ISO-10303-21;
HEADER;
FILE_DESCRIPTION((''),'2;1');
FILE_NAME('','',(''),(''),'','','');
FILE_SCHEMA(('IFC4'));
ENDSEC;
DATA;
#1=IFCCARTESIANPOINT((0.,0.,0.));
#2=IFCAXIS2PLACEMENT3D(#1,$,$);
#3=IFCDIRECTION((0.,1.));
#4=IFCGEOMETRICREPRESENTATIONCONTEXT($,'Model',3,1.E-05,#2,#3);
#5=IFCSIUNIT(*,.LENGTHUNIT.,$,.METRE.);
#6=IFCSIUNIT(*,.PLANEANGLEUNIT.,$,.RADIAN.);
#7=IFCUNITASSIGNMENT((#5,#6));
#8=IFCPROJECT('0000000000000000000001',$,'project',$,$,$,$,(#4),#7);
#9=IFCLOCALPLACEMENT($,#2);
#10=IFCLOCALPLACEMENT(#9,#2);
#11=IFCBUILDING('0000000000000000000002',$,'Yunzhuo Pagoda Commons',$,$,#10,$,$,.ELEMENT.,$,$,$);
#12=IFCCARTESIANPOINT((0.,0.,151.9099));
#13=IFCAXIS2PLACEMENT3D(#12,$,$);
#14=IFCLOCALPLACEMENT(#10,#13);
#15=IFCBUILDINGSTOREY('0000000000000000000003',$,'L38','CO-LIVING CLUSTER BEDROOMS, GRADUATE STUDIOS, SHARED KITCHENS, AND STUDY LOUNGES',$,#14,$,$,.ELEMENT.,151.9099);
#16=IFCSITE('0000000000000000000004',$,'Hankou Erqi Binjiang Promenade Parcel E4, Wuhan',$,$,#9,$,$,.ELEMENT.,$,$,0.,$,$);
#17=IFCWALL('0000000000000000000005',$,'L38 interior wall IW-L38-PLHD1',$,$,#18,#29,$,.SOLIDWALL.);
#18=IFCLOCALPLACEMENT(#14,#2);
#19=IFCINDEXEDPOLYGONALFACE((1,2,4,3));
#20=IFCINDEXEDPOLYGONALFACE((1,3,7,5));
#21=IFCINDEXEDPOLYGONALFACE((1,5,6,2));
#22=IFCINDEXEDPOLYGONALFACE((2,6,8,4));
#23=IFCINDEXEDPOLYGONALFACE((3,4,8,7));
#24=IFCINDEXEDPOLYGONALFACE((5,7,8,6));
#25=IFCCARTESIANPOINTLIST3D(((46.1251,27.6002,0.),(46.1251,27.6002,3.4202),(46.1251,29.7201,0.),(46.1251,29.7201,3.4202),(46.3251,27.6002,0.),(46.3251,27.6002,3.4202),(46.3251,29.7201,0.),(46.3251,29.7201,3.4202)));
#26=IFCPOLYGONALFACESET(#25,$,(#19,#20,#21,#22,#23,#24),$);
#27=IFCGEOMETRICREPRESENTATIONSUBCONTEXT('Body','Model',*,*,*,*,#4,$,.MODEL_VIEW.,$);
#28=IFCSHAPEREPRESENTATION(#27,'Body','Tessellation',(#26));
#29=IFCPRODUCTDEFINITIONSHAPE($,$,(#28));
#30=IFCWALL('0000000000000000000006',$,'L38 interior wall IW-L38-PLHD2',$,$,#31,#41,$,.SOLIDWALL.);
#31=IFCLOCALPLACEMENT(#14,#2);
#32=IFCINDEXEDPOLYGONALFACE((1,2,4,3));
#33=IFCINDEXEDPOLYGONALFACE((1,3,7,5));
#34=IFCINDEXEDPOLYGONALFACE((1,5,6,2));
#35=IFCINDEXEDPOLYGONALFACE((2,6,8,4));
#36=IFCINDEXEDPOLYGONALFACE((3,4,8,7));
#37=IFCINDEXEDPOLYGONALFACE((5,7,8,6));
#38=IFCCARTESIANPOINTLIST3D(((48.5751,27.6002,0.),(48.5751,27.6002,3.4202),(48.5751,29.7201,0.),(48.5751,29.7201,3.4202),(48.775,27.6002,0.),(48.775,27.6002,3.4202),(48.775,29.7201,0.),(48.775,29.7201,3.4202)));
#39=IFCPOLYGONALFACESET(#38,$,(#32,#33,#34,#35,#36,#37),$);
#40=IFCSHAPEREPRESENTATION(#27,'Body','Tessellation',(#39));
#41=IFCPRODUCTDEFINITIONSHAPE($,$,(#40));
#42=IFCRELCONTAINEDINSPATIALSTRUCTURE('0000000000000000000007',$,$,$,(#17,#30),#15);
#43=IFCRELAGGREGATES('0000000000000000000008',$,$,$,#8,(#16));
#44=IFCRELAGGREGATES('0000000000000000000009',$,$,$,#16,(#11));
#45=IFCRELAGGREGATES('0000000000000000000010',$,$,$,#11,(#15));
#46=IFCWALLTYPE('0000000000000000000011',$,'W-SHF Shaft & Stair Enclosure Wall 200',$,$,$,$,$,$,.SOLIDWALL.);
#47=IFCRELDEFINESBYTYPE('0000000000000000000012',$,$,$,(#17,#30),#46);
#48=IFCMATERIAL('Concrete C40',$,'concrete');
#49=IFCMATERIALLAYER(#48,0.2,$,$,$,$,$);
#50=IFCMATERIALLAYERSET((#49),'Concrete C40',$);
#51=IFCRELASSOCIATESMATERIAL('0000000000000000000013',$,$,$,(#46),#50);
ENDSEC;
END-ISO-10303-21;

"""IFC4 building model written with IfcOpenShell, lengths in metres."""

from ifc_helpers import new_model, si_unit, direction, frame, frame_2d, origin, place, context, subcontext, project, spatial, rectangle, extrude, material, layer, layer_set, type_object, element, save


model = new_model("IFC4")

# Units and contexts
model_context = context("Model", 3, precision=1e-05, world=origin(), true_north=direction((0.0, 1.0)))
body_context = subcontext(model_context, "Body", "Model", "MODEL_VIEW")
ifc_project = project(units=[si_unit("LENGTHUNIT", "METRE"), si_unit("PLANEANGLEUNIT", "RADIAN")], contexts=[model_context])

# Site, building, storey
site_placement = place(None, origin())
site = spatial("IfcSite", under=ifc_project, at=site_placement, Name="Hankou Erqi Binjiang Promenade Parcel E4, Wuhan", CompositionType="ELEMENT", RefElevation=0.0)
building_placement = place(site_placement, origin())
building = spatial("IfcBuilding", under=site, at=building_placement, Name="Yunzhuo Pagoda Commons", CompositionType="ELEMENT")
storey_placement = place(building_placement, frame((0.0, 0.0, 151.9099)))
storey = spatial("IfcBuildingStorey", under=building, at=storey_placement, Name="L38", Description="CO-LIVING CLUSTER BEDROOMS, GRADUATE STUDIOS, SHARED KITCHENS, AND STUDY LOUNGES", CompositionType="ELEMENT", Elevation=151.9099)

# Walls
ifc_material_1 = material(Name="Concrete C40", Category="concrete")
ifc_layer_1 = layer(ifc_material_1, 0.2)
ifc_layer_set_1 = layer_set([ifc_layer_1], Name="Concrete C40")
wall_type_1 = type_object("IfcWallType", Name="W-SHF Shaft & Stair Enclosure Wall 200", PredefinedType="SOLIDWALL", material=ifc_layer_set_1)
for number, where, z_axis, x_axis, name in (
    (1, (46.2251, 27.6001, 0.0), (0.0, 0.0, 1.0), (0.0, 1.0, 0.0), "L38 interior wall IW-L38-PLHD1"),
    (2, (48.675, 27.6001, 0.0), (0.0, 0.0, 1.0), (0.0, 1.0, 0.0), "L38 interior wall IW-L38-PLHD2"),
):
    element("IfcWall", number, at=place(storey_placement, frame(where, z_axis=z_axis, x_axis=x_axis)), inside=storey, type_object=wall_type_1, Name=name, PredefinedType="SOLIDWALL", context=body_context, shape_type="SweptSolid", body=[
        extrude(rectangle(XDim=2.1199, YDim=0.2, at=frame_2d((1.0601, 0.0))), origin(), (0.0, 0.0, 1.0), 3.4202),
    ])

save(model, "model.ifc")
